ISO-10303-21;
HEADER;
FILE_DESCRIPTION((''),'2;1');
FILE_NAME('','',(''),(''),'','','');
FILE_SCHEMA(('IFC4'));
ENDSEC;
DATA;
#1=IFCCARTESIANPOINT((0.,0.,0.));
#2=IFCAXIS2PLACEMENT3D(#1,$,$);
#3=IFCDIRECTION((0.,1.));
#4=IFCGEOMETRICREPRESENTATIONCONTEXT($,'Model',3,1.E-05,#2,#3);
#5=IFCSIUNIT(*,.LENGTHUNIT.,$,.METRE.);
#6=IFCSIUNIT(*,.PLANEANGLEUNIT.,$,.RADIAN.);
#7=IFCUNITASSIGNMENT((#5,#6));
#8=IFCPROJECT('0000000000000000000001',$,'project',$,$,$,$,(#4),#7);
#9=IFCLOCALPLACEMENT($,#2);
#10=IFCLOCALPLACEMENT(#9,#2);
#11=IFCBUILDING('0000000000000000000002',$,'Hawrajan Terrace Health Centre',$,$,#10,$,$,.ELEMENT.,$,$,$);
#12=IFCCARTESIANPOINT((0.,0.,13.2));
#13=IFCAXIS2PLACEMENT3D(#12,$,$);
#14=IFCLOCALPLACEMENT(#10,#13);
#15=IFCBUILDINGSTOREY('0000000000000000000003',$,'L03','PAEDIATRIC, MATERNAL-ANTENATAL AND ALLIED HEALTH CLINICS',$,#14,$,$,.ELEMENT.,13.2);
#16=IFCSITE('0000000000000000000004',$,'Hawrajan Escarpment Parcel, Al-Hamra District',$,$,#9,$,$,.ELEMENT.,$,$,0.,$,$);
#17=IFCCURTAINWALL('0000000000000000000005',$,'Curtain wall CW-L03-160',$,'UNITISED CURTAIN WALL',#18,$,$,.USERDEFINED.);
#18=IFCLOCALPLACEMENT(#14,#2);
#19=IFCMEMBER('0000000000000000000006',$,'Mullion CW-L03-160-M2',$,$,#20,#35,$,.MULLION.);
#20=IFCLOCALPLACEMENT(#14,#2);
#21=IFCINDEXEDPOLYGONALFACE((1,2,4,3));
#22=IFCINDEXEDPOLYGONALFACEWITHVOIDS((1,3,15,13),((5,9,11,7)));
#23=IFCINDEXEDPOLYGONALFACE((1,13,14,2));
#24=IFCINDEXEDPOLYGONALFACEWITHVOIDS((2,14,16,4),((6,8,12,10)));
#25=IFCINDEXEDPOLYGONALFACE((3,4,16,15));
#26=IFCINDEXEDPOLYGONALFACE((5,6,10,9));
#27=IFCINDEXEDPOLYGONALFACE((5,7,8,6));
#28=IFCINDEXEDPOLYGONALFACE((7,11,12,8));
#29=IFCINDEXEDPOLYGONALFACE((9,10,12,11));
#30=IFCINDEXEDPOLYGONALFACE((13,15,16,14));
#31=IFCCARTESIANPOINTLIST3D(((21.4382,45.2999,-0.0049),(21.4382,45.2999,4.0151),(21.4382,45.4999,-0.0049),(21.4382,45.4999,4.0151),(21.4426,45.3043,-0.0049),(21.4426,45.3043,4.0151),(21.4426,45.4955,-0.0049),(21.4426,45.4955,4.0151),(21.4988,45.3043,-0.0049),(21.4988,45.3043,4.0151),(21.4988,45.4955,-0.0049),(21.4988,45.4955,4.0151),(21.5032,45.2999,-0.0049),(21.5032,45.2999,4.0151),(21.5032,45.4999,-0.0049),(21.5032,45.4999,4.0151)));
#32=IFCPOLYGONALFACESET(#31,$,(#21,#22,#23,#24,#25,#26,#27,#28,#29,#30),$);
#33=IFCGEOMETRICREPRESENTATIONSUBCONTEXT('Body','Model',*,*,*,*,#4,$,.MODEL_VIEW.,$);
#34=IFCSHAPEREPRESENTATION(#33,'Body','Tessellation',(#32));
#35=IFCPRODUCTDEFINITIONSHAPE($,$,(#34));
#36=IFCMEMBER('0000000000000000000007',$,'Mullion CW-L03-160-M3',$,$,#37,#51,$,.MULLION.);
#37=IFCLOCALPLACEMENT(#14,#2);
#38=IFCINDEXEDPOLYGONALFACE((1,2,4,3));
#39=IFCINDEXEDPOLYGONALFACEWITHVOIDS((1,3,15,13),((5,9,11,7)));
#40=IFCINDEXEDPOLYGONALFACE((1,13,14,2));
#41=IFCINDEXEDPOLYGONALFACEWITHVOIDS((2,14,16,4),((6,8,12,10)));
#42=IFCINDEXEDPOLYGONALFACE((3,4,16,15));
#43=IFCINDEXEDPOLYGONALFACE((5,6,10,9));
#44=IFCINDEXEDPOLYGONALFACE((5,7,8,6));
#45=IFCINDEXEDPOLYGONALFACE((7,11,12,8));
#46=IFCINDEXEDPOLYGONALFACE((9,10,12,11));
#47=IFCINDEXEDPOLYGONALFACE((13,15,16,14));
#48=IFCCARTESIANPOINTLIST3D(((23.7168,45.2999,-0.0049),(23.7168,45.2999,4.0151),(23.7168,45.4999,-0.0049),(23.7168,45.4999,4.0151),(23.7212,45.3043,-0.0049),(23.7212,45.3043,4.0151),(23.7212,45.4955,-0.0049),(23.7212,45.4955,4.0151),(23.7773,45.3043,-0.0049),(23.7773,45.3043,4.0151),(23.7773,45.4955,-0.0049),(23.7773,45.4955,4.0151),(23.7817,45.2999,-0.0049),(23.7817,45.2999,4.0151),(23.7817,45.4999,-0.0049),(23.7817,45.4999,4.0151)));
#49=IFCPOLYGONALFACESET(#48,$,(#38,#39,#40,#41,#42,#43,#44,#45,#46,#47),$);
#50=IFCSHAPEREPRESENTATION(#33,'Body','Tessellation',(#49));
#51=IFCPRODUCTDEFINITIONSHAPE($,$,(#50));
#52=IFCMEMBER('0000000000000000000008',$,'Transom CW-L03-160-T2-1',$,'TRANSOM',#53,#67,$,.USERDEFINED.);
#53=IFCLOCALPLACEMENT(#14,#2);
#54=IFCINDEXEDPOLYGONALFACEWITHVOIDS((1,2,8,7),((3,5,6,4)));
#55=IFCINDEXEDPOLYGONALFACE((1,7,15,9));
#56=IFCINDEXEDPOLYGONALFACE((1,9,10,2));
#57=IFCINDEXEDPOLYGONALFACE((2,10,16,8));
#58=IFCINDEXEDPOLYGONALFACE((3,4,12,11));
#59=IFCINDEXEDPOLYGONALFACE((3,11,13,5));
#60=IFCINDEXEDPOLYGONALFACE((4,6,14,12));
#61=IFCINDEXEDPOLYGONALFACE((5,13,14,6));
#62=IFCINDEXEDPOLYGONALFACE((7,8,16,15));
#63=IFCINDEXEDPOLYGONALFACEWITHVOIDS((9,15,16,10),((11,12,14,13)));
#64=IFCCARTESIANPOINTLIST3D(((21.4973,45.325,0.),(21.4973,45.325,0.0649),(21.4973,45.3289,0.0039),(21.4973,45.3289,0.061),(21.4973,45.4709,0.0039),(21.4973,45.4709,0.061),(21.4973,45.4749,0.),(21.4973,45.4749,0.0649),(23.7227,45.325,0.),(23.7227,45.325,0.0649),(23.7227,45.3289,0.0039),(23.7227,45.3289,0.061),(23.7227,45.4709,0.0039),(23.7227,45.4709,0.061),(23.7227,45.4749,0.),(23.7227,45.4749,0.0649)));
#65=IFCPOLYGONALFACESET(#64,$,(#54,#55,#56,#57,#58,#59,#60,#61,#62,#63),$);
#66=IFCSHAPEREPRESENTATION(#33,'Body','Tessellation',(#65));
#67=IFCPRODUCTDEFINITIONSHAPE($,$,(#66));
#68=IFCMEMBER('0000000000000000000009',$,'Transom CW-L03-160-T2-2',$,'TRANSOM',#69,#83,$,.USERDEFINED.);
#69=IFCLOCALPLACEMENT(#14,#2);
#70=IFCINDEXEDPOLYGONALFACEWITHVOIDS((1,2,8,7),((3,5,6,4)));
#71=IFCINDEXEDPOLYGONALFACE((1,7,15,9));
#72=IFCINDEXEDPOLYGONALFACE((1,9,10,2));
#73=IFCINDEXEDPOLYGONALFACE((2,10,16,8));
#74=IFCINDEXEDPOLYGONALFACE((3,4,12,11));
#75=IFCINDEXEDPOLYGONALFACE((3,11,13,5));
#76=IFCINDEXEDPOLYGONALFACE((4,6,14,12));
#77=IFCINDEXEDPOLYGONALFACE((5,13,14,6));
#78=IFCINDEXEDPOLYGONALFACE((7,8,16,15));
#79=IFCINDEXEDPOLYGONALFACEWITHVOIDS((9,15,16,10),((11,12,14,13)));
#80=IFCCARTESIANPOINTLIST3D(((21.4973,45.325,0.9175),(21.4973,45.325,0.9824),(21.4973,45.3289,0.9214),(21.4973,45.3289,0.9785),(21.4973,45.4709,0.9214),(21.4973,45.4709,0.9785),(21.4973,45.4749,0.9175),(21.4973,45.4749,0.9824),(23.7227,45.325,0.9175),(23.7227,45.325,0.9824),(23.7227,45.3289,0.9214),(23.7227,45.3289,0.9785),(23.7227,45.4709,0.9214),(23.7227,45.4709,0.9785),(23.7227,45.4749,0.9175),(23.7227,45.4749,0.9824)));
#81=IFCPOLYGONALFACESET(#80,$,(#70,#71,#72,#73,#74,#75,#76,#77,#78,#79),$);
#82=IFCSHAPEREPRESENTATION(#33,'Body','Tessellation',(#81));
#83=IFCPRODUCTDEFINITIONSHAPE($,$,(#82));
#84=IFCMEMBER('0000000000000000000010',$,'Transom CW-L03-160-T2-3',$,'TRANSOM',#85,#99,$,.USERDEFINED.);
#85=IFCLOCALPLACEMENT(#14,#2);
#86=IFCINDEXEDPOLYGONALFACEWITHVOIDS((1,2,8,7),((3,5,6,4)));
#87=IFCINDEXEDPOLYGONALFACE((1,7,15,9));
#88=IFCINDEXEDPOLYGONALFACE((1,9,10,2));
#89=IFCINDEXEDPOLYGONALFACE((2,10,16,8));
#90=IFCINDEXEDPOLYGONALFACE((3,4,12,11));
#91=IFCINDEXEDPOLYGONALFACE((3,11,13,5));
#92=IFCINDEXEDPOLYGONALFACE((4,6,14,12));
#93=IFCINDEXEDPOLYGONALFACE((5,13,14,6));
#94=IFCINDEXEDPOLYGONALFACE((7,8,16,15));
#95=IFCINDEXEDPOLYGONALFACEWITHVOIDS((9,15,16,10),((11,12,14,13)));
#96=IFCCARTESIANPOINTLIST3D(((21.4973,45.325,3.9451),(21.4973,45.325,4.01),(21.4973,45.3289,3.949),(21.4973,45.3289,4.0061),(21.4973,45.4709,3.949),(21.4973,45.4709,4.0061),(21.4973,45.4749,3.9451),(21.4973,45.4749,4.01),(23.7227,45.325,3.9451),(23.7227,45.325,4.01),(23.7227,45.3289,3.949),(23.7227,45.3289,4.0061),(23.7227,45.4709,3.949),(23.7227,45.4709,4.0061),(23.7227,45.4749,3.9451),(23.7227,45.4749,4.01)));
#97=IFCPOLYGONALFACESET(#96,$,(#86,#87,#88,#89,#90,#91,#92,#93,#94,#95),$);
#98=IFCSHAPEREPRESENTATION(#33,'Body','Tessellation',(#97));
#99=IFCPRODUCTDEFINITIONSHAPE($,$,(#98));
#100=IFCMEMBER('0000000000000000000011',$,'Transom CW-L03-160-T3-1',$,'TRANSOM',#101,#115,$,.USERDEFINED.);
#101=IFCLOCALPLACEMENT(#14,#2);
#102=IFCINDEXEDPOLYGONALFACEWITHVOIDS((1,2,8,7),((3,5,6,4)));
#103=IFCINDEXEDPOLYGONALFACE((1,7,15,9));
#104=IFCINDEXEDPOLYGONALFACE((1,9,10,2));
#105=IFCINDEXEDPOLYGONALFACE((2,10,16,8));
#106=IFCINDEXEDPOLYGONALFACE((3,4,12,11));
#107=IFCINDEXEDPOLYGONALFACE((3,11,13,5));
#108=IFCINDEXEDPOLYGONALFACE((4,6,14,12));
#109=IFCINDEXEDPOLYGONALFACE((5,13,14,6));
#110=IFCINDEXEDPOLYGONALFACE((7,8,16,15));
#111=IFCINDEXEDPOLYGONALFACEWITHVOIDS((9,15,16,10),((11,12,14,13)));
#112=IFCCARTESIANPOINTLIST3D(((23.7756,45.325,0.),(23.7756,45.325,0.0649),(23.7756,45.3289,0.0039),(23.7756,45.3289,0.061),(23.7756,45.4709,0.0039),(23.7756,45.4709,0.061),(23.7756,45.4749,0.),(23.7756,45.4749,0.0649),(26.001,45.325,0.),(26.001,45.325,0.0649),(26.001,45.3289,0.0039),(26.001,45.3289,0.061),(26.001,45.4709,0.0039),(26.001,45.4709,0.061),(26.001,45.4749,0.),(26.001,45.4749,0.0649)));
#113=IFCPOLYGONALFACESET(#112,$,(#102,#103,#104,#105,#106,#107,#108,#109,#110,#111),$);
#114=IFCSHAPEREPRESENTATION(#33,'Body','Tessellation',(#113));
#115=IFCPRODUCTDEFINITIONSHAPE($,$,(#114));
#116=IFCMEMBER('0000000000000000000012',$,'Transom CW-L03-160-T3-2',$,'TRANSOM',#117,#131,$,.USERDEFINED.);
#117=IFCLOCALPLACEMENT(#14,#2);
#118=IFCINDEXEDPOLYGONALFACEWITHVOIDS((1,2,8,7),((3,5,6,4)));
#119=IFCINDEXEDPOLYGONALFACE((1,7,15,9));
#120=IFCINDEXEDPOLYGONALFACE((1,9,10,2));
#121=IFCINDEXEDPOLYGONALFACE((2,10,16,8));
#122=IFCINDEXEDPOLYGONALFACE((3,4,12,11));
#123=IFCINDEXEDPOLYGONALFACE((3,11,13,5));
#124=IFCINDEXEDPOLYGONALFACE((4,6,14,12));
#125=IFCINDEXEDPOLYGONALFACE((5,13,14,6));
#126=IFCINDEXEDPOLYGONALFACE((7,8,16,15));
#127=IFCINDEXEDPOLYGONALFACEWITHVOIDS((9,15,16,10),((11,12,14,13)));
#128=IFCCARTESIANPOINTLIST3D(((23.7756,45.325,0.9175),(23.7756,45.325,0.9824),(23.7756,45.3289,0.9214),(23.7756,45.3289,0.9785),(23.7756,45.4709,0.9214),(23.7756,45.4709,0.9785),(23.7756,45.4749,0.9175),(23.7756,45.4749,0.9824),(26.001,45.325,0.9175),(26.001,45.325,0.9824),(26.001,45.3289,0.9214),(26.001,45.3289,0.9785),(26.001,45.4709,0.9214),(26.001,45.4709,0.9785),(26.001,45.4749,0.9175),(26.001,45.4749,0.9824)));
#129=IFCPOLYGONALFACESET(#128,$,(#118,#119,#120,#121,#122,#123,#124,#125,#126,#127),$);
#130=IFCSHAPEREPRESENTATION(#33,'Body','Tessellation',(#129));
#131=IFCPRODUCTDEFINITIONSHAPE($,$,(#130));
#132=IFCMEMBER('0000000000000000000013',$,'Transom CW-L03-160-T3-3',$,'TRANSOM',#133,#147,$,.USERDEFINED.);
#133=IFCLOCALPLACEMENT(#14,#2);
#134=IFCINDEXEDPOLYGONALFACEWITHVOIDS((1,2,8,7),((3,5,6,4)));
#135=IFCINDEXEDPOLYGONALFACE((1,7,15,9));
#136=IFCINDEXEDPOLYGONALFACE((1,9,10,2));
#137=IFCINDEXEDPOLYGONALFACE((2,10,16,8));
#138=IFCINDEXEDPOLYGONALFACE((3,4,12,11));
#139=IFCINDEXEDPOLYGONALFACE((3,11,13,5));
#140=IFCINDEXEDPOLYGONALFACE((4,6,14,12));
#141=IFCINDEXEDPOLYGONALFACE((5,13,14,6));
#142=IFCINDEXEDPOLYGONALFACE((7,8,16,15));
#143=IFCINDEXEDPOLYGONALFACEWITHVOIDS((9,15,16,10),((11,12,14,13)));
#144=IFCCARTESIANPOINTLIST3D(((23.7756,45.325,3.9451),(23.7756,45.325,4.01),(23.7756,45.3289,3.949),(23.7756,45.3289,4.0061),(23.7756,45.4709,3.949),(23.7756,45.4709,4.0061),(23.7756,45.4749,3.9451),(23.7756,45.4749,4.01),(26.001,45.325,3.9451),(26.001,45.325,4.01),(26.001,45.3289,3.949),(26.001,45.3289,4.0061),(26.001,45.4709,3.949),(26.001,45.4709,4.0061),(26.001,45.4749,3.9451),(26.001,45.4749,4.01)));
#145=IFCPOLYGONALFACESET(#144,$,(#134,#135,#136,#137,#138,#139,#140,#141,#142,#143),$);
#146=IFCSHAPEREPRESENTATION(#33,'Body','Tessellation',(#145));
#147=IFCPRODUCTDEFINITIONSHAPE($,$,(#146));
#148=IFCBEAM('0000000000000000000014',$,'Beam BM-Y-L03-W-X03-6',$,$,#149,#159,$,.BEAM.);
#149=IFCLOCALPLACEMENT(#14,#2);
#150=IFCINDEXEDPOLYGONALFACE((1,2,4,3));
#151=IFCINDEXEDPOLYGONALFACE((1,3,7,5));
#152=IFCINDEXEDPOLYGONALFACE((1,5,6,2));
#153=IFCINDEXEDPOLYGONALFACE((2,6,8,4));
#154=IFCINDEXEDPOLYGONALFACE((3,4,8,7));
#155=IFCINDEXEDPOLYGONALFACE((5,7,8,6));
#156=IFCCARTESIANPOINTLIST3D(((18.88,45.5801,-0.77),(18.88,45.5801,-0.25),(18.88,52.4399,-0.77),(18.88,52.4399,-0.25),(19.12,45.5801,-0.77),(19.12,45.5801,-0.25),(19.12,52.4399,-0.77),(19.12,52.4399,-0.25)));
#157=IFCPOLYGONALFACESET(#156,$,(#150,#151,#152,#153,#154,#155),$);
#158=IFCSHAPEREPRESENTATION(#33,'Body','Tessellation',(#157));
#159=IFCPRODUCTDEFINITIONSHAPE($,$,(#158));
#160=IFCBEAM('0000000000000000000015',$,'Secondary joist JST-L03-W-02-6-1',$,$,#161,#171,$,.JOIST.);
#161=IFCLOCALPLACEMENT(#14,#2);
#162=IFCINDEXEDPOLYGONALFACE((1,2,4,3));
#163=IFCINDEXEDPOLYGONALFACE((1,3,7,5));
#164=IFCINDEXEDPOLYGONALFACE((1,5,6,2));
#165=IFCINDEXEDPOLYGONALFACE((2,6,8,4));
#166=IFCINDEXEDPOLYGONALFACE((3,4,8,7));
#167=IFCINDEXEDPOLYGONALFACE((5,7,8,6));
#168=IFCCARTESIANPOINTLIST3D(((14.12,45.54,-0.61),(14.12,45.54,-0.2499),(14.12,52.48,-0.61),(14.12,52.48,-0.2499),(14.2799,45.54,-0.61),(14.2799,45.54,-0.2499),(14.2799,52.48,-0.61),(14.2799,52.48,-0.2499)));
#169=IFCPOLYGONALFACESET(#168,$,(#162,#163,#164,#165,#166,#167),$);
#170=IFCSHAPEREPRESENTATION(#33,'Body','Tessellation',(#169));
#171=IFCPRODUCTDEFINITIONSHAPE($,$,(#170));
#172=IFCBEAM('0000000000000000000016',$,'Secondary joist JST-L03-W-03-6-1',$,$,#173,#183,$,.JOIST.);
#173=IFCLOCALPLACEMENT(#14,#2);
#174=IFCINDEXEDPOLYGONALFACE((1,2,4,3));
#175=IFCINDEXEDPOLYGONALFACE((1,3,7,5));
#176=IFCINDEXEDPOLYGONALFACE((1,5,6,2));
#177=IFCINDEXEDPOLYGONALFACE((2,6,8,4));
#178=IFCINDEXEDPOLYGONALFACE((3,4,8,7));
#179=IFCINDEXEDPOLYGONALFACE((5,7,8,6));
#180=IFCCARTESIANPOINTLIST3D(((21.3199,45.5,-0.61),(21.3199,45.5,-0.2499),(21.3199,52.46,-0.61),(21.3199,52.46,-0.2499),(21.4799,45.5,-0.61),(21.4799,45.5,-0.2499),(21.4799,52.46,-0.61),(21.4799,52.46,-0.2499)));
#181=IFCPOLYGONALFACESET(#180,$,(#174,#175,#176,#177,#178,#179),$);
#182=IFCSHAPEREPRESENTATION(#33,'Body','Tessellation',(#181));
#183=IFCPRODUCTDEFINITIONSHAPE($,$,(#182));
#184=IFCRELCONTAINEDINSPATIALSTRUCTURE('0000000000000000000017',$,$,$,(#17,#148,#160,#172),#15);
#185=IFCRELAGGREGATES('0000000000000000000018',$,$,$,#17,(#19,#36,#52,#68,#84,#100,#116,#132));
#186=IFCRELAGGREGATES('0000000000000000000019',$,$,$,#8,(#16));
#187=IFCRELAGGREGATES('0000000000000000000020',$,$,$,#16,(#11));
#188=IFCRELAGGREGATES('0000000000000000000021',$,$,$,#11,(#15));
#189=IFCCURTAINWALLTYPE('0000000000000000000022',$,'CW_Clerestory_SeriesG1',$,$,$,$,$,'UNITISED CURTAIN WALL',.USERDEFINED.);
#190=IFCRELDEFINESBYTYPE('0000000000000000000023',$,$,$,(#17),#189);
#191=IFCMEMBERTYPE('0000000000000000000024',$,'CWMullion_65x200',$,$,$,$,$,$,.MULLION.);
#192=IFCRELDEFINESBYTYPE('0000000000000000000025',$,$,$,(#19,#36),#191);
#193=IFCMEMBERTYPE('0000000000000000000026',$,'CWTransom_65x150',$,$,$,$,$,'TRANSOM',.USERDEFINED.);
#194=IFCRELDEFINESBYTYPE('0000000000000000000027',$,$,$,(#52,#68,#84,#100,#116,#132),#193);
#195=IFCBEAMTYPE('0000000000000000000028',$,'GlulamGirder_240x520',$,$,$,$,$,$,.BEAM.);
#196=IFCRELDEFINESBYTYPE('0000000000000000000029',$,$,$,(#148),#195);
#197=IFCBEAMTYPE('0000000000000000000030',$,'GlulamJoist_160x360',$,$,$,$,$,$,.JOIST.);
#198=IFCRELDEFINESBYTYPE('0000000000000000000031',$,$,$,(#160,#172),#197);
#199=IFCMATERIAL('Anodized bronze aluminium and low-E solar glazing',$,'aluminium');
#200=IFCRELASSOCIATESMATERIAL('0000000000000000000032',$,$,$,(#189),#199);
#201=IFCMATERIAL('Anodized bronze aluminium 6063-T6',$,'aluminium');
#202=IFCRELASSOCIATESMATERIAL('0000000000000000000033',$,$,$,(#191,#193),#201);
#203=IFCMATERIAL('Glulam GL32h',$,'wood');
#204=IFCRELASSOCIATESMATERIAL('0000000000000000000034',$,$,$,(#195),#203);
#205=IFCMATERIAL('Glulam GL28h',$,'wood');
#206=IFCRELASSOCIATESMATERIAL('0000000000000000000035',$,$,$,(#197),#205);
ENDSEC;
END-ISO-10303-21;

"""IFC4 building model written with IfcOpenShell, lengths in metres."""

from ifc_helpers import new_model, si_unit, direction, frame, origin, origin_2d, place, context, subcontext, project, spatial, rectangle, hollow_rectangle, extrude, material, material_profile, profile_set, type_object, element, aggregate, save


model = new_model("IFC4")

# Units and contexts
model_context = context("Model", 3, precision=1e-05, world=origin(), true_north=direction((0.0, 1.0)))
body_context = subcontext(model_context, "Body", "Model", "MODEL_VIEW")
ifc_project = project(units=[si_unit("LENGTHUNIT", "METRE"), si_unit("PLANEANGLEUNIT", "RADIAN")], contexts=[model_context])

# Site, building, storey
site_placement = place(None, origin())
site = spatial("IfcSite", under=ifc_project, at=site_placement, Name="Hawrajan Escarpment Parcel, Al-Hamra District", CompositionType="ELEMENT", RefElevation=0.0)
building_placement = place(site_placement, origin())
building = spatial("IfcBuilding", under=site, at=building_placement, Name="Hawrajan Terrace Health Centre", CompositionType="ELEMENT")
storey_placement = place(building_placement, frame((0.0, 0.0, 13.2)))
storey = spatial("IfcBuildingStorey", under=building, at=storey_placement, Name="L03", Description="PAEDIATRIC, MATERNAL-ANTENATAL AND ALLIED HEALTH CLINICS", CompositionType="ELEMENT", Elevation=13.2)

# Curtain wall, members
ifc_material_1 = material(Name="Anodized bronze aluminium and low-E solar glazing", Category="aluminium")
curtain_wall_type = type_object("IfcCurtainWallType", Name="CW_Clerestory_SeriesG1", ElementType="UNITISED CURTAIN WALL", PredefinedType="USERDEFINED", material=ifc_material_1)
curtain_wall_placement = place(storey_placement, origin())
curtain_wall = element("IfcCurtainWall", 1, at=curtain_wall_placement, inside=storey, type_object=curtain_wall_type, Name="Curtain wall CW-L03-160", ObjectType="UNITISED CURTAIN WALL", PredefinedType="USERDEFINED")
ifc_material_2 = material(Name="Anodized bronze aluminium 6063-T6", Category="aluminium")
ifc_material_profile_1 = material_profile(ifc_material_2, hollow_rectangle(XDim=0.0649, YDim=0.2, WallThickness=0.0044, at=origin_2d()), Name="CW MUL 65x200")
ifc_profile_set_1 = profile_set([ifc_material_profile_1], Name="Anodized bronze aluminium 6063-T6")
member_type_1 = type_object("IfcMemberType", Name="CWMullion_65x200", PredefinedType="MULLION", material=ifc_profile_set_1)
member_1_placement = place(storey_placement, frame((21.4707, 45.3999, -0.0049), z_axis=(0.0, 0.0, 1.0), x_axis=(1.0, 0.0, 0.0)))
member_1 = element("IfcMember", 2, at=member_1_placement, type_object=member_type_1, Name="Mullion CW-L03-160-M2", PredefinedType="MULLION", context=body_context, shape_type="SweptSolid", body=[
    extrude(hollow_rectangle(XDim=0.0649, YDim=0.2, WallThickness=0.0044, at=origin_2d()), origin(), (0.0, 0.0, 1.0), 4.02),
])
member_2_placement = place(storey_placement, frame((23.7493, 45.3999, -0.0049), z_axis=(0.0, 0.0, 1.0), x_axis=(1.0, 0.0, 0.0)))
member_2 = element("IfcMember", 3, at=member_2_placement, type_object=member_type_1, Name="Mullion CW-L03-160-M3", PredefinedType="MULLION", context=body_context, shape_type="SweptSolid", body=[
    extrude(hollow_rectangle(XDim=0.0649, YDim=0.2, WallThickness=0.0044, at=origin_2d()), origin(), (0.0, 0.0, 1.0), 4.02),
])
ifc_material_profile_2 = material_profile(ifc_material_2, hollow_rectangle(XDim=0.0649, YDim=0.1499, WallThickness=0.0039, at=origin_2d()), Name="CW TRN 65x150")
ifc_profile_set_2 = profile_set([ifc_material_profile_2], Name="Anodized bronze aluminium 6063-T6")
member_type_2 = type_object("IfcMemberType", Name="CWTransom_65x150", ElementType="TRANSOM", PredefinedType="USERDEFINED", material=ifc_profile_set_2)
member_3_placement = place(storey_placement, frame((21.4973, 45.3999, 0.0325), z_axis=(1.0, 0.0, 0.0), x_axis=(0.0, 0.0, 1.0)))
member_3 = element("IfcMember", 4, at=member_3_placement, type_object=member_type_2, Name="Transom CW-L03-160-T2-1", ObjectType="TRANSOM", PredefinedType="USERDEFINED", context=body_context, shape_type="SweptSolid", body=[
    extrude(hollow_rectangle(XDim=0.0649, YDim=0.1499, WallThickness=0.0039, at=origin_2d()), origin(), (0.0, 0.0, 1.0), 2.2253),
])
member_4_placement = place(storey_placement, frame((21.4973, 45.3999, 0.95), z_axis=(1.0, 0.0, 0.0), x_axis=(0.0, 0.0, 1.0)))
member_4 = element("IfcMember", 5, at=member_4_placement, type_object=member_type_2, Name="Transom CW-L03-160-T2-2", ObjectType="TRANSOM", PredefinedType="USERDEFINED", context=body_context, shape_type="SweptSolid", body=[
    extrude(hollow_rectangle(XDim=0.0649, YDim=0.1499, WallThickness=0.0039, at=origin_2d()), origin(), (0.0, 0.0, 1.0), 2.2253),
])
member_5_placement = place(storey_placement, frame((21.4973, 45.3999, 3.9775), z_axis=(1.0, 0.0, 0.0), x_axis=(0.0, 0.0, 1.0)))
member_5 = element("IfcMember", 6, at=member_5_placement, type_object=member_type_2, Name="Transom CW-L03-160-T2-3", ObjectType="TRANSOM", PredefinedType="USERDEFINED", context=body_context, shape_type="SweptSolid", body=[
    extrude(hollow_rectangle(XDim=0.0649, YDim=0.1499, WallThickness=0.0039, at=origin_2d()), origin(), (0.0, 0.0, 1.0), 2.2253),
])
member_6_placement = place(storey_placement, frame((23.7756, 45.3999, 0.0325), z_axis=(1.0, 0.0, 0.0), x_axis=(0.0, 0.0, 1.0)))
member_6 = element("IfcMember", 7, at=member_6_placement, type_object=member_type_2, Name="Transom CW-L03-160-T3-1", ObjectType="TRANSOM", PredefinedType="USERDEFINED", context=body_context, shape_type="SweptSolid", body=[
    extrude(hollow_rectangle(XDim=0.0649, YDim=0.1499, WallThickness=0.0039, at=origin_2d()), origin(), (0.0, 0.0, 1.0), 2.2253),
])
member_7_placement = place(storey_placement, frame((23.7756, 45.3999, 0.95), z_axis=(1.0, 0.0, 0.0), x_axis=(0.0, 0.0, 1.0)))
member_7 = element("IfcMember", 8, at=member_7_placement, type_object=member_type_2, Name="Transom CW-L03-160-T3-2", ObjectType="TRANSOM", PredefinedType="USERDEFINED", context=body_context, shape_type="SweptSolid", body=[
    extrude(hollow_rectangle(XDim=0.0649, YDim=0.1499, WallThickness=0.0039, at=origin_2d()), origin(), (0.0, 0.0, 1.0), 2.2253),
])
member_8_placement = place(storey_placement, frame((23.7756, 45.3999, 3.9775), z_axis=(1.0, 0.0, 0.0), x_axis=(0.0, 0.0, 1.0)))
member_8 = element("IfcMember", 9, at=member_8_placement, type_object=member_type_2, Name="Transom CW-L03-160-T3-3", ObjectType="TRANSOM", PredefinedType="USERDEFINED", context=body_context, shape_type="SweptSolid", body=[
    extrude(hollow_rectangle(XDim=0.0649, YDim=0.1499, WallThickness=0.0039, at=origin_2d()), origin(), (0.0, 0.0, 1.0), 2.2253),
])

# Beams
ifc_material_3 = material(Name="Glulam GL32h", Category="wood")
ifc_material_profile_3 = material_profile(ifc_material_3, rectangle(XDim=0.24, YDim=0.52, at=origin_2d()), Name="GL BM 240x520")
ifc_profile_set_3 = profile_set([ifc_material_profile_3], Name="Glulam GL32h")
beam_type_1 = type_object("IfcBeamType", Name="GlulamGirder_240x520", PredefinedType="BEAM", material=ifc_profile_set_3)
beam_1_placement = place(storey_placement, frame((19.0, 45.5801, -0.51), z_axis=(0.0, 1.0, 0.0), x_axis=(-1.0, 0.0, 0.0)))
element("IfcBeam", 10, at=beam_1_placement, inside=storey, type_object=beam_type_1, Name="Beam BM-Y-L03-W-X03-6", PredefinedType="BEAM", context=body_context, shape_type="SweptSolid", body=[
    extrude(rectangle(XDim=0.24, YDim=0.52, at=origin_2d()), origin(), (0.0, 0.0, 1.0), 6.8599),
])
ifc_material_4 = material(Name="Glulam GL28h", Category="wood")
ifc_material_profile_4 = material_profile(ifc_material_4, rectangle(XDim=0.1599, YDim=0.3601, at=origin_2d()), Name="GL JST 160x360")
ifc_profile_set_4 = profile_set([ifc_material_profile_4], Name="Glulam GL28h")
beam_type_2 = type_object("IfcBeamType", Name="GlulamJoist_160x360", PredefinedType="JOIST", material=ifc_profile_set_4)
beam_2_placement = place(storey_placement, frame((14.2, 45.54, -0.4299), z_axis=(0.0, 1.0, 0.0), x_axis=(-1.0, 0.0, 0.0)))
element("IfcBeam", 11, at=beam_2_placement, inside=storey, type_object=beam_type_2, Name="Secondary joist JST-L03-W-02-6-1", PredefinedType="JOIST", context=body_context, shape_type="SweptSolid", body=[
    extrude(rectangle(XDim=0.1599, YDim=0.3601, at=origin_2d()), origin(), (0.0, 0.0, 1.0), 6.9399),
])
beam_3_placement = place(storey_placement, frame((21.3999, 45.5, -0.4299), z_axis=(0.0, 1.0, 0.0), x_axis=(-1.0, 0.0, 0.0)))
element("IfcBeam", 12, at=beam_3_placement, inside=storey, type_object=beam_type_2, Name="Secondary joist JST-L03-W-03-6-1", PredefinedType="JOIST", context=body_context, shape_type="SweptSolid", body=[
    extrude(rectangle(XDim=0.1599, YDim=0.3601, at=origin_2d()), origin(), (0.0, 0.0, 1.0), 6.96),
])

aggregate(curtain_wall, [member_1, member_2, member_3, member_4, member_5, member_6, member_7, member_8])

save(model, "model.ifc")
